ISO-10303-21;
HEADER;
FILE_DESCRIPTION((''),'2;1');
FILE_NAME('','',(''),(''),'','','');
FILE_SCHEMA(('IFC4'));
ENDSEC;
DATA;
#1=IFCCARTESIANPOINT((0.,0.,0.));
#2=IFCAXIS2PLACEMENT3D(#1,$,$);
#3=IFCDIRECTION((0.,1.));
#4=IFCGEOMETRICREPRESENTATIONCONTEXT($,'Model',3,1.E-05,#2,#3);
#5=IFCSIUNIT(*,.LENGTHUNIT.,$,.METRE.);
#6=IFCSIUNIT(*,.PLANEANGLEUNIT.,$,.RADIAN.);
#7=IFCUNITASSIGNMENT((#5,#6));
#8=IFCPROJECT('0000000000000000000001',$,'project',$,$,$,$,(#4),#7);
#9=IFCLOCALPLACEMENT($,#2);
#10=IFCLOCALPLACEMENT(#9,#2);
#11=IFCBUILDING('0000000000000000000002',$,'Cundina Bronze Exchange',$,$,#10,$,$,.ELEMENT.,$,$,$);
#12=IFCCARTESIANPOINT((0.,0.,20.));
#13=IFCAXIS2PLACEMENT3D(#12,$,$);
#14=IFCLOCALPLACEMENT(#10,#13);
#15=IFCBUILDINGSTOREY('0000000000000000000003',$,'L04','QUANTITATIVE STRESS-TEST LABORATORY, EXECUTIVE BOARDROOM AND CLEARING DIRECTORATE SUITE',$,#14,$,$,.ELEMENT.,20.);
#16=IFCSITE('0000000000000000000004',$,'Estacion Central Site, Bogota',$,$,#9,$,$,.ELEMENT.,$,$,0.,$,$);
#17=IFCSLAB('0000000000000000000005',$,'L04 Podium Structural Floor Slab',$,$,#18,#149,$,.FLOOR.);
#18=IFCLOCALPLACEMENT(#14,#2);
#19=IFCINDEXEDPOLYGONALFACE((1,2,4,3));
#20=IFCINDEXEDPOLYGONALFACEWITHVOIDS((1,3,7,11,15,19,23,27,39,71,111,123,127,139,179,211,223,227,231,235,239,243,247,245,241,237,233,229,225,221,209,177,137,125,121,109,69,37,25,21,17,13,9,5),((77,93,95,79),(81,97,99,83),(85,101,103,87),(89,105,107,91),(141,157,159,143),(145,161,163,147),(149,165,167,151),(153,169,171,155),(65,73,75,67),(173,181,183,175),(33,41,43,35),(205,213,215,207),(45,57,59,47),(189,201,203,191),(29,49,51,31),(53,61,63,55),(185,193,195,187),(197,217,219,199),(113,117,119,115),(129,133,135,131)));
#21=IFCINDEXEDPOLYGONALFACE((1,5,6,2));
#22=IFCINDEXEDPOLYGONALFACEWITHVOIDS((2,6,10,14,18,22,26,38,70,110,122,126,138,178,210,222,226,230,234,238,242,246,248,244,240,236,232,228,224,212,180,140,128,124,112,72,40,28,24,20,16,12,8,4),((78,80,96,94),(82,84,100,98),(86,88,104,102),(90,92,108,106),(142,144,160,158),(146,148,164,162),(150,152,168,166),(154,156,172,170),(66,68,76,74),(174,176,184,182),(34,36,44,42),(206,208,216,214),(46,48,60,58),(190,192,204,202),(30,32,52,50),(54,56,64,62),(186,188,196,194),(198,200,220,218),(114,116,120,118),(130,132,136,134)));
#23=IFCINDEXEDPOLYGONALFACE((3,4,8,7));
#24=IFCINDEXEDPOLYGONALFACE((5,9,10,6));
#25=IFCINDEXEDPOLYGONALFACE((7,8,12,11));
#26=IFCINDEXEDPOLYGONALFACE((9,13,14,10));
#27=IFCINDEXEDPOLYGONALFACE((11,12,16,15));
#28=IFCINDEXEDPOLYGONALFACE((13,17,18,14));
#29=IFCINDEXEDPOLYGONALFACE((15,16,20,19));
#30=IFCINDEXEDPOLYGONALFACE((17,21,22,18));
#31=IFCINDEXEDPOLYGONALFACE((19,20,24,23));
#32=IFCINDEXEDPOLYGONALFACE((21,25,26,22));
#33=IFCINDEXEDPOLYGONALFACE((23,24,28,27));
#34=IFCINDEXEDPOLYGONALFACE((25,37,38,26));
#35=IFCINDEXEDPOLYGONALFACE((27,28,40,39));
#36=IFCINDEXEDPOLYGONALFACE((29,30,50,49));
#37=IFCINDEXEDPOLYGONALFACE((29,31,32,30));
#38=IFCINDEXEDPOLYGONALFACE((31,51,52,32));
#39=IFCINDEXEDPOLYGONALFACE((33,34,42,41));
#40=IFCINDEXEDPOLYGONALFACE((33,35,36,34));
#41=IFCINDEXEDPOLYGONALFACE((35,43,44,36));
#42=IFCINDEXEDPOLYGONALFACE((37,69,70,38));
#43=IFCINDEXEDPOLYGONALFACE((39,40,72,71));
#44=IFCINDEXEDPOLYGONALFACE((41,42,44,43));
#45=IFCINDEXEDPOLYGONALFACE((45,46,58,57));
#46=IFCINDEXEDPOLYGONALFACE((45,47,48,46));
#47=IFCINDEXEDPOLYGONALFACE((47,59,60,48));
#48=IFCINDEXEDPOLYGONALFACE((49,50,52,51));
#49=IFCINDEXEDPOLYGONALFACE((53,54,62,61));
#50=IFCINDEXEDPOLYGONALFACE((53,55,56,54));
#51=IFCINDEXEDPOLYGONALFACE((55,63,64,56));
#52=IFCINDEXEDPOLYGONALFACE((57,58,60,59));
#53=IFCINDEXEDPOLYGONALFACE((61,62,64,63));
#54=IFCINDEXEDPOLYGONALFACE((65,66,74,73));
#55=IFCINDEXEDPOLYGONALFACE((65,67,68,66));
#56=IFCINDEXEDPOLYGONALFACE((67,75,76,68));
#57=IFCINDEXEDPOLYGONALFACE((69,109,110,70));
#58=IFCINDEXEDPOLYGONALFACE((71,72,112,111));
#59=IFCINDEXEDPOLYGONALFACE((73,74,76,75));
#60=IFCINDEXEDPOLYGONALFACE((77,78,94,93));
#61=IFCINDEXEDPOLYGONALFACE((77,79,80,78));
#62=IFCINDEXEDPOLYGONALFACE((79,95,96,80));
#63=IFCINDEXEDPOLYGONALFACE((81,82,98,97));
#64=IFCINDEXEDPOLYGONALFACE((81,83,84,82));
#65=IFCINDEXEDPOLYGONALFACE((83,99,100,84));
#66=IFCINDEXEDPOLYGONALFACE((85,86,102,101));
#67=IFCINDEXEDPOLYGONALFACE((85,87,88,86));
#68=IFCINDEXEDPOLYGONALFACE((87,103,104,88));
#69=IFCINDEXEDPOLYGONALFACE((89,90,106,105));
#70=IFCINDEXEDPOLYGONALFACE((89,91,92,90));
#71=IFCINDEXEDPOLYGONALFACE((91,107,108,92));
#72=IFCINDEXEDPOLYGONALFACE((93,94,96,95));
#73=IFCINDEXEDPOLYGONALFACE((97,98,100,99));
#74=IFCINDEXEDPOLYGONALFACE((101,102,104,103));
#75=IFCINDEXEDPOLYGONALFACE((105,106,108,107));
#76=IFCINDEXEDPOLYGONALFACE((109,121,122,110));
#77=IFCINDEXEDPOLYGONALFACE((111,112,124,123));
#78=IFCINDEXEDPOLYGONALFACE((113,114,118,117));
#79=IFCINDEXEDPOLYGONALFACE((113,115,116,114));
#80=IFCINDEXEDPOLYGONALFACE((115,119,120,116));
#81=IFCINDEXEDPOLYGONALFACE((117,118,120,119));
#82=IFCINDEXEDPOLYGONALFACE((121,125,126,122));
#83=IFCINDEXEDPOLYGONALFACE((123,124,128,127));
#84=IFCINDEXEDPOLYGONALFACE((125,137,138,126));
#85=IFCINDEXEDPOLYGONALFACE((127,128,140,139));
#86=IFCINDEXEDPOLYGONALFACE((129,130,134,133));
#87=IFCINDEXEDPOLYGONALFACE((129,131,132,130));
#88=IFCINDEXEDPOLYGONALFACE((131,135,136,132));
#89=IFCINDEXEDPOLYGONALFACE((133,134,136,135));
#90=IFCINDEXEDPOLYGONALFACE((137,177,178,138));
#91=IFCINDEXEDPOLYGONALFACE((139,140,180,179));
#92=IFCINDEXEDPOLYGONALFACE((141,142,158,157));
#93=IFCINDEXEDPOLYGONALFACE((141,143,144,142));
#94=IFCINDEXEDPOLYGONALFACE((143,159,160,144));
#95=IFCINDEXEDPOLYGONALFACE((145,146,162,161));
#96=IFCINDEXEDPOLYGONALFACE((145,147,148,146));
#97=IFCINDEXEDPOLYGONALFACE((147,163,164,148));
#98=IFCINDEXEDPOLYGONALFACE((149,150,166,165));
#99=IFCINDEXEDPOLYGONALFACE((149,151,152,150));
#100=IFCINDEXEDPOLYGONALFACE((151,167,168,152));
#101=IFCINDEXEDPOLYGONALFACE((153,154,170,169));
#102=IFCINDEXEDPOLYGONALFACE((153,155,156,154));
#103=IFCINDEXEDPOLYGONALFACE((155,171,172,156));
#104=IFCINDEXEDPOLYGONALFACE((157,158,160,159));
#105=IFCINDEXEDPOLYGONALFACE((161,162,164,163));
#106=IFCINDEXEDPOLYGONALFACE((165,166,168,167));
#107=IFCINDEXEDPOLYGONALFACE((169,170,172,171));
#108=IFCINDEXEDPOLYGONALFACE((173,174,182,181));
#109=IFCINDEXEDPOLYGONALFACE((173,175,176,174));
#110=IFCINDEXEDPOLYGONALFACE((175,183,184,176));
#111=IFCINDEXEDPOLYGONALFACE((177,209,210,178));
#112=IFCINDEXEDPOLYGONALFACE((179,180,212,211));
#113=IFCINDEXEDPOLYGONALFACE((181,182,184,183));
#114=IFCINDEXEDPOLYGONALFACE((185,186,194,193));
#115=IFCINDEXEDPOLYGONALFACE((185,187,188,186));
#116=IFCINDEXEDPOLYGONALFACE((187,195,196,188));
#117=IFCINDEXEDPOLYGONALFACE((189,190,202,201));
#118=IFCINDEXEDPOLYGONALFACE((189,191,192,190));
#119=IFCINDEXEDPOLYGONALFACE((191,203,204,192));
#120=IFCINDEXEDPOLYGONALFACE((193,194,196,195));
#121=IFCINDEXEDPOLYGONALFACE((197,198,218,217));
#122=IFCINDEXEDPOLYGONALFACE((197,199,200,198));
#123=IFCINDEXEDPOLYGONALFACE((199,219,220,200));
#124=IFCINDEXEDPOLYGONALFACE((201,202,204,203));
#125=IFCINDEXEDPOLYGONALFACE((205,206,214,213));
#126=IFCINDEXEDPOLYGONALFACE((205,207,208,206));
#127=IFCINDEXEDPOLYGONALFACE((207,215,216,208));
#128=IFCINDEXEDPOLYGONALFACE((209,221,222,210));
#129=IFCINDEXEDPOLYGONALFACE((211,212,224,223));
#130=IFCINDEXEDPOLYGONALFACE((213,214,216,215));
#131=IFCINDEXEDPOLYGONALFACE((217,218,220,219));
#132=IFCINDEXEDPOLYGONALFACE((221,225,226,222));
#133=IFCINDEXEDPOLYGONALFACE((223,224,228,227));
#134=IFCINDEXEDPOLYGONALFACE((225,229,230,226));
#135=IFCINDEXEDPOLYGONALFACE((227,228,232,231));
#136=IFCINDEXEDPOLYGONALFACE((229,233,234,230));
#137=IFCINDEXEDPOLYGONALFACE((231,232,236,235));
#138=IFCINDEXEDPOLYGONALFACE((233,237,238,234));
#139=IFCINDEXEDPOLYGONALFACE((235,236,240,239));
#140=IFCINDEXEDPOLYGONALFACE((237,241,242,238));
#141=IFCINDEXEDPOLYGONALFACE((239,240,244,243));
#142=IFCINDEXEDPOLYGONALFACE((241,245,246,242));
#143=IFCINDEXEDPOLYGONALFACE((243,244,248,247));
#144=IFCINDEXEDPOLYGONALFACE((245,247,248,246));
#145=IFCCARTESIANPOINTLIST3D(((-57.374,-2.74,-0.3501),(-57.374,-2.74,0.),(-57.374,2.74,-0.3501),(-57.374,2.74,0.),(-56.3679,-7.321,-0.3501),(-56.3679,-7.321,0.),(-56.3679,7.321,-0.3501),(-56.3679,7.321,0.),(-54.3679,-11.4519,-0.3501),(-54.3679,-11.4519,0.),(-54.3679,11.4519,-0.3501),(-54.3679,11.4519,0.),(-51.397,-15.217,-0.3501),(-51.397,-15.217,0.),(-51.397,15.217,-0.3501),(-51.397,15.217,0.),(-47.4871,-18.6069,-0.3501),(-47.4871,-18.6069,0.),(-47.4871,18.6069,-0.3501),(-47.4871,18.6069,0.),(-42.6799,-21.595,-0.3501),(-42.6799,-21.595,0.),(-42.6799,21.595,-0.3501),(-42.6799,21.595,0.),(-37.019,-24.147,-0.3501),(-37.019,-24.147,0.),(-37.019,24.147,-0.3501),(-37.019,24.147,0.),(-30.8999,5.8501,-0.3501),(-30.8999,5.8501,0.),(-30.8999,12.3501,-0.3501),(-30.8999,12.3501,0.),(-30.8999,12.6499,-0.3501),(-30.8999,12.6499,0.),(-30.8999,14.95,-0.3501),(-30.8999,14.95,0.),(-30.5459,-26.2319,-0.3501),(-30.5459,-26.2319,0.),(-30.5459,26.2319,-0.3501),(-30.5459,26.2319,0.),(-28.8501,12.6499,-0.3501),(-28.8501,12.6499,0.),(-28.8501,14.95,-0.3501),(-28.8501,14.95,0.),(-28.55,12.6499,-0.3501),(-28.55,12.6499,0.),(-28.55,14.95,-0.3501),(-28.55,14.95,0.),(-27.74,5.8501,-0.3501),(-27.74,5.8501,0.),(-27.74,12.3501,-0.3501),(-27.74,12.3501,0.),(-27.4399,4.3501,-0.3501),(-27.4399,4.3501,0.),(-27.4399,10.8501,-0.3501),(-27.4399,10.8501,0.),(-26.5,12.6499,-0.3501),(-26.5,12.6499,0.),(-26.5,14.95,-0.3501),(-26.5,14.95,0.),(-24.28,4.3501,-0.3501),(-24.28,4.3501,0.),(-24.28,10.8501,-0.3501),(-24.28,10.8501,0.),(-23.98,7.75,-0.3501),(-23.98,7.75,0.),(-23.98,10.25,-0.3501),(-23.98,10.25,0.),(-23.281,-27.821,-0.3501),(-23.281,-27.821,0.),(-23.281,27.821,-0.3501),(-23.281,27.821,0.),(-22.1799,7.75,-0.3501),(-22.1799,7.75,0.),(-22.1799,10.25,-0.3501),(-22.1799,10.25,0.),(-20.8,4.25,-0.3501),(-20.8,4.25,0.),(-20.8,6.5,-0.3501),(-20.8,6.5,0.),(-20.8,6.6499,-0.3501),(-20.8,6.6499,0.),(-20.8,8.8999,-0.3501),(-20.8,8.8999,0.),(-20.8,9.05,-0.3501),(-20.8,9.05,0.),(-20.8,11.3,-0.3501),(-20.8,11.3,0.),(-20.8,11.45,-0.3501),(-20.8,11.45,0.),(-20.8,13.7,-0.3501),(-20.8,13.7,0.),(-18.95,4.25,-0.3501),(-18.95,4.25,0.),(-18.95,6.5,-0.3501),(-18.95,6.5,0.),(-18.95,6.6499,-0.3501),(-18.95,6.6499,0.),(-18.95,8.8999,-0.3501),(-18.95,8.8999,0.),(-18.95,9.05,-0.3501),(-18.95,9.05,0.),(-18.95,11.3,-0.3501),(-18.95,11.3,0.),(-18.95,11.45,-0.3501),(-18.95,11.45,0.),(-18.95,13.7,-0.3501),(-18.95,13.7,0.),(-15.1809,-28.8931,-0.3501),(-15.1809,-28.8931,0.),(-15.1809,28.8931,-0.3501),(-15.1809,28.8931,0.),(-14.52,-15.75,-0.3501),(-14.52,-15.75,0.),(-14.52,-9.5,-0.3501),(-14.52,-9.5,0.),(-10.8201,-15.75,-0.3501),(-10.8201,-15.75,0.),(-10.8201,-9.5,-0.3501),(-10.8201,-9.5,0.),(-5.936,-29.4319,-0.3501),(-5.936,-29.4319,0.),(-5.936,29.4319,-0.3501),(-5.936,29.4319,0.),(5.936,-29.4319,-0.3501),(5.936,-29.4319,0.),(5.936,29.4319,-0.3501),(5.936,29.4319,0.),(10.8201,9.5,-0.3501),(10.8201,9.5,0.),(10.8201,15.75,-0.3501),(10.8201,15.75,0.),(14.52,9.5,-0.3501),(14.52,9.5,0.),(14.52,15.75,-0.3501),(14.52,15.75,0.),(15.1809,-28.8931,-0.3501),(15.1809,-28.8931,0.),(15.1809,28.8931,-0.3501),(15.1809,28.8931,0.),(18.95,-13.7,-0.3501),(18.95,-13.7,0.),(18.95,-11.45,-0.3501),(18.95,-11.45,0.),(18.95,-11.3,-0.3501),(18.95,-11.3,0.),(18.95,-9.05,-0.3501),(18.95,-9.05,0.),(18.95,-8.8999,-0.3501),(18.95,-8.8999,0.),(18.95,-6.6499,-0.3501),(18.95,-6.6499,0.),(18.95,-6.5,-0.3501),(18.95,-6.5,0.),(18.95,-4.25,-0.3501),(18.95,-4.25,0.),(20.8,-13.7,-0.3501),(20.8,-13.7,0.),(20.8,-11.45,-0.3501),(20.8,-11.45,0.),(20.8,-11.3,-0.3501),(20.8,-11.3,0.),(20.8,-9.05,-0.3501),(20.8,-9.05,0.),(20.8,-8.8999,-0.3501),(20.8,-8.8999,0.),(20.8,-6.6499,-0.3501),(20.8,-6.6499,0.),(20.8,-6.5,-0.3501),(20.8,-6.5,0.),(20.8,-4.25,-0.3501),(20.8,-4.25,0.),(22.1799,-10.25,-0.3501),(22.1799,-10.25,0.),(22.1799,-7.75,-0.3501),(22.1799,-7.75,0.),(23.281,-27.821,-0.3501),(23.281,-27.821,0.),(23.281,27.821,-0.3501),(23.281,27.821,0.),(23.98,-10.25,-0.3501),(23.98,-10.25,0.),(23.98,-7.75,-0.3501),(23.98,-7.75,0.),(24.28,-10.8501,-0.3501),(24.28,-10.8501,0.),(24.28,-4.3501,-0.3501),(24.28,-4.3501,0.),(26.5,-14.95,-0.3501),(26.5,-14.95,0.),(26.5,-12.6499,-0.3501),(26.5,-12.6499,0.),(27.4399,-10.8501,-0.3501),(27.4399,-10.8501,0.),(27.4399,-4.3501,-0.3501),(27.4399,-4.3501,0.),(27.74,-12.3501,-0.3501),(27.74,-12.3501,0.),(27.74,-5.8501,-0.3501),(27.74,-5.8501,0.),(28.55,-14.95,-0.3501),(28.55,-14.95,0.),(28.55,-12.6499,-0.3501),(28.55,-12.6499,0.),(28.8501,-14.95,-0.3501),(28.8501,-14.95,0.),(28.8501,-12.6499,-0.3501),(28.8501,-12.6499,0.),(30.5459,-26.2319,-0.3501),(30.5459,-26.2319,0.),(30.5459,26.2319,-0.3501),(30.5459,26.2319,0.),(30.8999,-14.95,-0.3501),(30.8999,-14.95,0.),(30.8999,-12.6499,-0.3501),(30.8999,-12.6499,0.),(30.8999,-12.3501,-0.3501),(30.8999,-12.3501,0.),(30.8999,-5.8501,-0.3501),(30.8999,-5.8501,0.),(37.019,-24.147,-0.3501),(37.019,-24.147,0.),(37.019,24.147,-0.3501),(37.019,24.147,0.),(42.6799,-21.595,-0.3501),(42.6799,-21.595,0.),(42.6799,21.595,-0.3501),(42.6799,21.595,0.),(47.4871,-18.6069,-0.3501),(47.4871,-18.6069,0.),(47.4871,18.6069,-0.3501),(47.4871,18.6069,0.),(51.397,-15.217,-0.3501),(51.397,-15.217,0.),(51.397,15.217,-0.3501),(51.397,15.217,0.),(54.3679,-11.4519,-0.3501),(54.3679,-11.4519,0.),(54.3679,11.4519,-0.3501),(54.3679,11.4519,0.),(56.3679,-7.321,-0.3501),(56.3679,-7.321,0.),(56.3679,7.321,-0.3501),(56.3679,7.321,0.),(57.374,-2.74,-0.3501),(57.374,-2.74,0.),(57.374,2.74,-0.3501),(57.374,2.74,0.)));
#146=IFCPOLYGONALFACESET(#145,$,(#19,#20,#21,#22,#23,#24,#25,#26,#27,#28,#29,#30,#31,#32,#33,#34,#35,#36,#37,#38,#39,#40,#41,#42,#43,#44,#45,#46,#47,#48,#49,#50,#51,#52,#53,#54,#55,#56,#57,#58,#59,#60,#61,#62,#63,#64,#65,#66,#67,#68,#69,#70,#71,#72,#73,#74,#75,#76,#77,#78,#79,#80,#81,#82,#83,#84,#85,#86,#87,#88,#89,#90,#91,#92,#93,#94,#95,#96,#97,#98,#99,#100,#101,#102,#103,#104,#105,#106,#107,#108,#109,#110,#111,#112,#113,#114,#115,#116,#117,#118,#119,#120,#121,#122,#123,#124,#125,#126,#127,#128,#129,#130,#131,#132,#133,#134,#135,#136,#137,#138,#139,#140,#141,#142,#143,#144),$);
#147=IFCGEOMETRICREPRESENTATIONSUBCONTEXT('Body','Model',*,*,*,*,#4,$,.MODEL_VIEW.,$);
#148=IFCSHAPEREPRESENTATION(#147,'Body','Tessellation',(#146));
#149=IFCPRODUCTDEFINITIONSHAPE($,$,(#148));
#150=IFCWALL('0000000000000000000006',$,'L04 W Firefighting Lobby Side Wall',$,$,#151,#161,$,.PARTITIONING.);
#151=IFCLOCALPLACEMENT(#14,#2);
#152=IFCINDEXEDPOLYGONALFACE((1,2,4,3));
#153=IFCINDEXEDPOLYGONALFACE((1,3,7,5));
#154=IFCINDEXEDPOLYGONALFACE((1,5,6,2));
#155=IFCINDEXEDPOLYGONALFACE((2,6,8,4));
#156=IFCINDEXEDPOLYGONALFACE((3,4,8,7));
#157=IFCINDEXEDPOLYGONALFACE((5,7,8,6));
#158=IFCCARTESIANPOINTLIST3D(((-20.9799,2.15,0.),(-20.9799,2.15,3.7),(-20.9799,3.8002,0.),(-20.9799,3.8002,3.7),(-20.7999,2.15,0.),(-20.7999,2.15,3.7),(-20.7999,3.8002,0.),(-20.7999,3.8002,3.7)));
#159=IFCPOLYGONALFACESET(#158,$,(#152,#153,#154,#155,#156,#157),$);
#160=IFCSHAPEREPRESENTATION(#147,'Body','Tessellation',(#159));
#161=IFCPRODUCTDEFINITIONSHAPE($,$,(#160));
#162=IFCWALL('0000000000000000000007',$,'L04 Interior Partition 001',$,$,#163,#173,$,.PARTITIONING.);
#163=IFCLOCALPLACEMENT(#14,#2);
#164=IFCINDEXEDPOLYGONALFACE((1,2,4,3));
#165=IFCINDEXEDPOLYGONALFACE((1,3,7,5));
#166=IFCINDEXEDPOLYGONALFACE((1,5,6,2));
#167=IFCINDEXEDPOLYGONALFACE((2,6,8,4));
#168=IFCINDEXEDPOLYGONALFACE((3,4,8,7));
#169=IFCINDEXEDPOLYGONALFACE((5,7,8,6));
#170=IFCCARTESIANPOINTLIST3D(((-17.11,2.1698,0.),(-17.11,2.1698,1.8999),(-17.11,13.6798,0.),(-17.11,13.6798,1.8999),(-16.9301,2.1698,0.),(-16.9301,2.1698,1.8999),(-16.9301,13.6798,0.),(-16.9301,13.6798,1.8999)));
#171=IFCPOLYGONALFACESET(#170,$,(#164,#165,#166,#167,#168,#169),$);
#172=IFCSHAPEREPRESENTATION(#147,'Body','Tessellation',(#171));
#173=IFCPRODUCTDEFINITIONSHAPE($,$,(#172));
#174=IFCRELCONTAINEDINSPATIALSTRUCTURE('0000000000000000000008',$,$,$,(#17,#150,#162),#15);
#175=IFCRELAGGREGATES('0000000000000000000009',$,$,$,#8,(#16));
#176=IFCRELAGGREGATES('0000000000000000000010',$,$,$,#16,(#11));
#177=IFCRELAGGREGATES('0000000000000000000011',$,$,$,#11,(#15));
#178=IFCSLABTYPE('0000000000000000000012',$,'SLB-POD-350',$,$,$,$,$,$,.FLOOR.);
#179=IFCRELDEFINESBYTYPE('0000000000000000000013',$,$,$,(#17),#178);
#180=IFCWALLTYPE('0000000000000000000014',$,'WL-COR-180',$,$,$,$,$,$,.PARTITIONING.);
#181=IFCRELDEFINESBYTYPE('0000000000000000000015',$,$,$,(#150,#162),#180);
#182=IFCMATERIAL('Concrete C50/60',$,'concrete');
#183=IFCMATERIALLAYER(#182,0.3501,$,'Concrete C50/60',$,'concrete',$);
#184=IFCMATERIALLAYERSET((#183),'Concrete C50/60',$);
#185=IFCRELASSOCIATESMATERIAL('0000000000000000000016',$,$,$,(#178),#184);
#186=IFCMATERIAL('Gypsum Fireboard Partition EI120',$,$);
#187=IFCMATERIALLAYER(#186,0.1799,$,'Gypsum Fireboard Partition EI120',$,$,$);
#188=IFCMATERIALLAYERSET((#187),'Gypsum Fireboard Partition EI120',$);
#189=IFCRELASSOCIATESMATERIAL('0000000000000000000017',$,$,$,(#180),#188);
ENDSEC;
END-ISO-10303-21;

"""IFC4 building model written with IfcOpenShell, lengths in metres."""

from ifc_helpers import new_model, si_unit, direction, frame, frame_2d, origin, place, context, subcontext, project, spatial, polyline, rectangle, outline, extrude, material, layer, layer_set, type_object, element, save


model = new_model("IFC4")

# Units and contexts
model_context = context("Model", 3, precision=1e-05, world=origin(), true_north=direction((0.0, 1.0)))
body_context = subcontext(model_context, "Body", "Model", "MODEL_VIEW")
ifc_project = project(units=[si_unit("LENGTHUNIT", "METRE"), si_unit("PLANEANGLEUNIT", "RADIAN")], contexts=[model_context])

# Site, building, storey
site_placement = place(None, origin())
site = spatial("IfcSite", under=ifc_project, at=site_placement, Name="Estacion Central Site, Bogota", CompositionType="ELEMENT", RefElevation=0.0)
building_placement = place(site_placement, origin())
building = spatial("IfcBuilding", under=site, at=building_placement, Name="Cundina Bronze Exchange", CompositionType="ELEMENT")
storey_placement = place(building_placement, frame((0.0, 0.0, 20.0)))
storey = spatial("IfcBuildingStorey", under=building, at=storey_placement, Name="L04", Description="QUANTITATIVE STRESS-TEST LABORATORY, EXECUTIVE BOARDROOM AND CLEARING DIRECTORATE SUITE", CompositionType="ELEMENT", Elevation=20.0)

# Slab
ifc_material_1 = material(Name="Concrete C50/60", Category="concrete")
ifc_layer_1 = layer(ifc_material_1, 0.3501, Name="Concrete C50/60", Category="concrete")
ifc_layer_set_1 = layer_set([ifc_layer_1], Name="Concrete C50/60")
slab_type = type_object("IfcSlabType", Name="SLB-POD-350", PredefinedType="FLOOR", material=ifc_layer_set_1)
slab_placement = place(storey_placement, frame((0.0, 0.0, -0.3501)))
element("IfcSlab", 1, at=slab_placement, inside=storey, type_object=slab_type, Name="L04 Podium Structural Floor Slab", PredefinedType="FLOOR", context=body_context, shape_type="SweptSolid", body=[
    extrude(outline(polyline([(57.374, 2.74), (56.3679, 7.321), (54.3679, 11.4519), (51.397, 15.217), (47.4871, 18.6069), (42.6799, 21.595), (37.019, 24.147), (30.5459, 26.2319), (23.281, 27.821), (15.1809, 28.8931), (5.936, 29.4319), (-5.936, 29.4319), (-15.1809, 28.8931), (-23.281, 27.821), (-30.5459, 26.2319), (-37.019, 24.147), (-42.6799, 21.595), (-47.4871, 18.6069), (-51.397, 15.217), (-54.3679, 11.4519), (-56.3679, 7.321), (-57.374, 2.74), (-57.374, -2.74), (-56.3679, -7.321), (-54.3679, -11.4519), (-51.397, -15.217), (-47.4871, -18.6069), (-42.6799, -21.595), (-37.019, -24.147), (-30.5459, -26.2319), (-23.281, -27.821), (-15.1809, -28.8931), (-5.936, -29.4319), (5.936, -29.4319), (15.1809, -28.8931), (23.281, -27.821), (30.5459, -26.2319), (37.019, -24.147), (42.6799, -21.595), (47.4871, -18.6069), (51.397, -15.217), (54.3679, -11.4519), (56.3679, -7.321), (57.374, -2.74), (57.374, 2.74)]), holes=[polyline([(-27.74, 5.8501), (-27.74, 12.3501), (-30.8999, 12.3501), (-30.8999, 5.8501), (-27.74, 5.8501)]), polyline([(-27.4399, 10.8501), (-27.4399, 4.3501), (-24.28, 4.3501), (-24.28, 10.8501), (-27.4399, 10.8501)]), polyline([(27.74, -5.8501), (27.74, -12.3501), (30.8999, -12.3501), (30.8999, -5.8501), (27.74, -5.8501)]), polyline([(27.4399, -10.8501), (27.4399, -4.3501), (24.28, -4.3501), (24.28, -10.8501), (27.4399, -10.8501)]), polyline([(-10.8201, -15.75), (-10.8201, -9.5), (-14.52, -9.5), (-14.52, -15.75), (-10.8201, -15.75)]), polyline([(10.8201, 15.75), (10.8201, 9.5), (14.52, 9.5), (14.52, 15.75), (10.8201, 15.75)]), polyline([(-23.98, 10.25), (-22.1799, 10.25), (-22.1799, 7.75), (-23.98, 7.75), (-23.98, 10.25)]), polyline([(-30.8999, 14.95), (-28.8501, 14.95), (-28.8501, 12.6499), (-30.8999, 12.6499), (-30.8999, 14.95)]), polyline([(-28.55, 14.95), (-26.5, 14.95), (-26.5, 12.6499), (-28.55, 12.6499), (-28.55, 14.95)]), polyline([(-20.8, 13.7), (-18.95, 13.7), (-18.95, 11.45), (-20.8, 11.45), (-20.8, 13.7)]), polyline([(-20.8, 11.3), (-18.95, 11.3), (-18.95, 9.05), (-20.8, 9.05), (-20.8, 11.3)]), polyline([(-20.8, 8.8999), (-18.95, 8.8999), (-18.95, 6.6499), (-20.8, 6.6499), (-20.8, 8.8999)]), polyline([(-20.8, 6.5), (-18.95, 6.5), (-18.95, 4.25), (-20.8, 4.25), (-20.8, 6.5)]), polyline([(22.1799, -7.75), (23.98, -7.75), (23.98, -10.25), (22.1799, -10.25), (22.1799, -7.75)]), polyline([(28.8501, -12.6499), (30.8999, -12.6499), (30.8999, -14.95), (28.8501, -14.95), (28.8501, -12.6499)]), polyline([(26.5, -12.6499), (28.55, -12.6499), (28.55, -14.95), (26.5, -14.95), (26.5, -12.6499)]), polyline([(18.95, -11.45), (20.8, -11.45), (20.8, -13.7), (18.95, -13.7), (18.95, -11.45)]), polyline([(18.95, -9.05), (20.8, -9.05), (20.8, -11.3), (18.95, -11.3), (18.95, -9.05)]), polyline([(18.95, -6.6499), (20.8, -6.6499), (20.8, -8.8999), (18.95, -8.8999), (18.95, -6.6499)]), polyline([(18.95, -4.25), (20.8, -4.25), (20.8, -6.5), (18.95, -6.5), (18.95, -4.25)])]), origin(), (0.0, 0.0, 1.0), 0.3501),
])

# Wall
ifc_material_2 = material(Name="Gypsum Fireboard Partition EI120")
ifc_layer_2 = layer(ifc_material_2, 0.1799, Name="Gypsum Fireboard Partition EI120")
ifc_layer_set_2 = layer_set([ifc_layer_2], Name="Gypsum Fireboard Partition EI120")
wall_type_1 = type_object("IfcWallType", Name="WL-COR-180", PredefinedType="PARTITIONING", material=ifc_layer_set_2)
wall_1_placement = place(storey_placement, frame((-20.8899, 2.1499, 0.0), z_axis=(0.0, 0.0, 1.0), x_axis=(0.0, 1.0, 0.0)))
element("IfcWall", 2, at=wall_1_placement, inside=storey, type_object=wall_type_1, Name="L04 W Firefighting Lobby Side Wall", PredefinedType="PARTITIONING", context=body_context, shape_type="SweptSolid", body=[
    extrude(rectangle(XDim=1.6501, YDim=0.1799, at=frame_2d((0.8252, 0.0))), origin(), (0.0, 0.0, 1.0), 3.7),
])

# Wall
wall_2_placement = place(storey_placement, frame((-17.02, 2.1699, 0.0), z_axis=(0.0, 0.0, 1.0), x_axis=(0.0, 1.0, 0.0)))
element("IfcWall", 3, at=wall_2_placement, inside=storey, type_object=wall_type_1, Name="L04 Interior Partition 001", PredefinedType="PARTITIONING", context=body_context, shape_type="SweptSolid", body=[
    extrude(rectangle(XDim=11.51, YDim=0.1799, at=frame_2d((5.7549, 0.0))), origin(), (0.0, 0.0, 1.0), 1.8999),
])

save(model, "model.ifc")
